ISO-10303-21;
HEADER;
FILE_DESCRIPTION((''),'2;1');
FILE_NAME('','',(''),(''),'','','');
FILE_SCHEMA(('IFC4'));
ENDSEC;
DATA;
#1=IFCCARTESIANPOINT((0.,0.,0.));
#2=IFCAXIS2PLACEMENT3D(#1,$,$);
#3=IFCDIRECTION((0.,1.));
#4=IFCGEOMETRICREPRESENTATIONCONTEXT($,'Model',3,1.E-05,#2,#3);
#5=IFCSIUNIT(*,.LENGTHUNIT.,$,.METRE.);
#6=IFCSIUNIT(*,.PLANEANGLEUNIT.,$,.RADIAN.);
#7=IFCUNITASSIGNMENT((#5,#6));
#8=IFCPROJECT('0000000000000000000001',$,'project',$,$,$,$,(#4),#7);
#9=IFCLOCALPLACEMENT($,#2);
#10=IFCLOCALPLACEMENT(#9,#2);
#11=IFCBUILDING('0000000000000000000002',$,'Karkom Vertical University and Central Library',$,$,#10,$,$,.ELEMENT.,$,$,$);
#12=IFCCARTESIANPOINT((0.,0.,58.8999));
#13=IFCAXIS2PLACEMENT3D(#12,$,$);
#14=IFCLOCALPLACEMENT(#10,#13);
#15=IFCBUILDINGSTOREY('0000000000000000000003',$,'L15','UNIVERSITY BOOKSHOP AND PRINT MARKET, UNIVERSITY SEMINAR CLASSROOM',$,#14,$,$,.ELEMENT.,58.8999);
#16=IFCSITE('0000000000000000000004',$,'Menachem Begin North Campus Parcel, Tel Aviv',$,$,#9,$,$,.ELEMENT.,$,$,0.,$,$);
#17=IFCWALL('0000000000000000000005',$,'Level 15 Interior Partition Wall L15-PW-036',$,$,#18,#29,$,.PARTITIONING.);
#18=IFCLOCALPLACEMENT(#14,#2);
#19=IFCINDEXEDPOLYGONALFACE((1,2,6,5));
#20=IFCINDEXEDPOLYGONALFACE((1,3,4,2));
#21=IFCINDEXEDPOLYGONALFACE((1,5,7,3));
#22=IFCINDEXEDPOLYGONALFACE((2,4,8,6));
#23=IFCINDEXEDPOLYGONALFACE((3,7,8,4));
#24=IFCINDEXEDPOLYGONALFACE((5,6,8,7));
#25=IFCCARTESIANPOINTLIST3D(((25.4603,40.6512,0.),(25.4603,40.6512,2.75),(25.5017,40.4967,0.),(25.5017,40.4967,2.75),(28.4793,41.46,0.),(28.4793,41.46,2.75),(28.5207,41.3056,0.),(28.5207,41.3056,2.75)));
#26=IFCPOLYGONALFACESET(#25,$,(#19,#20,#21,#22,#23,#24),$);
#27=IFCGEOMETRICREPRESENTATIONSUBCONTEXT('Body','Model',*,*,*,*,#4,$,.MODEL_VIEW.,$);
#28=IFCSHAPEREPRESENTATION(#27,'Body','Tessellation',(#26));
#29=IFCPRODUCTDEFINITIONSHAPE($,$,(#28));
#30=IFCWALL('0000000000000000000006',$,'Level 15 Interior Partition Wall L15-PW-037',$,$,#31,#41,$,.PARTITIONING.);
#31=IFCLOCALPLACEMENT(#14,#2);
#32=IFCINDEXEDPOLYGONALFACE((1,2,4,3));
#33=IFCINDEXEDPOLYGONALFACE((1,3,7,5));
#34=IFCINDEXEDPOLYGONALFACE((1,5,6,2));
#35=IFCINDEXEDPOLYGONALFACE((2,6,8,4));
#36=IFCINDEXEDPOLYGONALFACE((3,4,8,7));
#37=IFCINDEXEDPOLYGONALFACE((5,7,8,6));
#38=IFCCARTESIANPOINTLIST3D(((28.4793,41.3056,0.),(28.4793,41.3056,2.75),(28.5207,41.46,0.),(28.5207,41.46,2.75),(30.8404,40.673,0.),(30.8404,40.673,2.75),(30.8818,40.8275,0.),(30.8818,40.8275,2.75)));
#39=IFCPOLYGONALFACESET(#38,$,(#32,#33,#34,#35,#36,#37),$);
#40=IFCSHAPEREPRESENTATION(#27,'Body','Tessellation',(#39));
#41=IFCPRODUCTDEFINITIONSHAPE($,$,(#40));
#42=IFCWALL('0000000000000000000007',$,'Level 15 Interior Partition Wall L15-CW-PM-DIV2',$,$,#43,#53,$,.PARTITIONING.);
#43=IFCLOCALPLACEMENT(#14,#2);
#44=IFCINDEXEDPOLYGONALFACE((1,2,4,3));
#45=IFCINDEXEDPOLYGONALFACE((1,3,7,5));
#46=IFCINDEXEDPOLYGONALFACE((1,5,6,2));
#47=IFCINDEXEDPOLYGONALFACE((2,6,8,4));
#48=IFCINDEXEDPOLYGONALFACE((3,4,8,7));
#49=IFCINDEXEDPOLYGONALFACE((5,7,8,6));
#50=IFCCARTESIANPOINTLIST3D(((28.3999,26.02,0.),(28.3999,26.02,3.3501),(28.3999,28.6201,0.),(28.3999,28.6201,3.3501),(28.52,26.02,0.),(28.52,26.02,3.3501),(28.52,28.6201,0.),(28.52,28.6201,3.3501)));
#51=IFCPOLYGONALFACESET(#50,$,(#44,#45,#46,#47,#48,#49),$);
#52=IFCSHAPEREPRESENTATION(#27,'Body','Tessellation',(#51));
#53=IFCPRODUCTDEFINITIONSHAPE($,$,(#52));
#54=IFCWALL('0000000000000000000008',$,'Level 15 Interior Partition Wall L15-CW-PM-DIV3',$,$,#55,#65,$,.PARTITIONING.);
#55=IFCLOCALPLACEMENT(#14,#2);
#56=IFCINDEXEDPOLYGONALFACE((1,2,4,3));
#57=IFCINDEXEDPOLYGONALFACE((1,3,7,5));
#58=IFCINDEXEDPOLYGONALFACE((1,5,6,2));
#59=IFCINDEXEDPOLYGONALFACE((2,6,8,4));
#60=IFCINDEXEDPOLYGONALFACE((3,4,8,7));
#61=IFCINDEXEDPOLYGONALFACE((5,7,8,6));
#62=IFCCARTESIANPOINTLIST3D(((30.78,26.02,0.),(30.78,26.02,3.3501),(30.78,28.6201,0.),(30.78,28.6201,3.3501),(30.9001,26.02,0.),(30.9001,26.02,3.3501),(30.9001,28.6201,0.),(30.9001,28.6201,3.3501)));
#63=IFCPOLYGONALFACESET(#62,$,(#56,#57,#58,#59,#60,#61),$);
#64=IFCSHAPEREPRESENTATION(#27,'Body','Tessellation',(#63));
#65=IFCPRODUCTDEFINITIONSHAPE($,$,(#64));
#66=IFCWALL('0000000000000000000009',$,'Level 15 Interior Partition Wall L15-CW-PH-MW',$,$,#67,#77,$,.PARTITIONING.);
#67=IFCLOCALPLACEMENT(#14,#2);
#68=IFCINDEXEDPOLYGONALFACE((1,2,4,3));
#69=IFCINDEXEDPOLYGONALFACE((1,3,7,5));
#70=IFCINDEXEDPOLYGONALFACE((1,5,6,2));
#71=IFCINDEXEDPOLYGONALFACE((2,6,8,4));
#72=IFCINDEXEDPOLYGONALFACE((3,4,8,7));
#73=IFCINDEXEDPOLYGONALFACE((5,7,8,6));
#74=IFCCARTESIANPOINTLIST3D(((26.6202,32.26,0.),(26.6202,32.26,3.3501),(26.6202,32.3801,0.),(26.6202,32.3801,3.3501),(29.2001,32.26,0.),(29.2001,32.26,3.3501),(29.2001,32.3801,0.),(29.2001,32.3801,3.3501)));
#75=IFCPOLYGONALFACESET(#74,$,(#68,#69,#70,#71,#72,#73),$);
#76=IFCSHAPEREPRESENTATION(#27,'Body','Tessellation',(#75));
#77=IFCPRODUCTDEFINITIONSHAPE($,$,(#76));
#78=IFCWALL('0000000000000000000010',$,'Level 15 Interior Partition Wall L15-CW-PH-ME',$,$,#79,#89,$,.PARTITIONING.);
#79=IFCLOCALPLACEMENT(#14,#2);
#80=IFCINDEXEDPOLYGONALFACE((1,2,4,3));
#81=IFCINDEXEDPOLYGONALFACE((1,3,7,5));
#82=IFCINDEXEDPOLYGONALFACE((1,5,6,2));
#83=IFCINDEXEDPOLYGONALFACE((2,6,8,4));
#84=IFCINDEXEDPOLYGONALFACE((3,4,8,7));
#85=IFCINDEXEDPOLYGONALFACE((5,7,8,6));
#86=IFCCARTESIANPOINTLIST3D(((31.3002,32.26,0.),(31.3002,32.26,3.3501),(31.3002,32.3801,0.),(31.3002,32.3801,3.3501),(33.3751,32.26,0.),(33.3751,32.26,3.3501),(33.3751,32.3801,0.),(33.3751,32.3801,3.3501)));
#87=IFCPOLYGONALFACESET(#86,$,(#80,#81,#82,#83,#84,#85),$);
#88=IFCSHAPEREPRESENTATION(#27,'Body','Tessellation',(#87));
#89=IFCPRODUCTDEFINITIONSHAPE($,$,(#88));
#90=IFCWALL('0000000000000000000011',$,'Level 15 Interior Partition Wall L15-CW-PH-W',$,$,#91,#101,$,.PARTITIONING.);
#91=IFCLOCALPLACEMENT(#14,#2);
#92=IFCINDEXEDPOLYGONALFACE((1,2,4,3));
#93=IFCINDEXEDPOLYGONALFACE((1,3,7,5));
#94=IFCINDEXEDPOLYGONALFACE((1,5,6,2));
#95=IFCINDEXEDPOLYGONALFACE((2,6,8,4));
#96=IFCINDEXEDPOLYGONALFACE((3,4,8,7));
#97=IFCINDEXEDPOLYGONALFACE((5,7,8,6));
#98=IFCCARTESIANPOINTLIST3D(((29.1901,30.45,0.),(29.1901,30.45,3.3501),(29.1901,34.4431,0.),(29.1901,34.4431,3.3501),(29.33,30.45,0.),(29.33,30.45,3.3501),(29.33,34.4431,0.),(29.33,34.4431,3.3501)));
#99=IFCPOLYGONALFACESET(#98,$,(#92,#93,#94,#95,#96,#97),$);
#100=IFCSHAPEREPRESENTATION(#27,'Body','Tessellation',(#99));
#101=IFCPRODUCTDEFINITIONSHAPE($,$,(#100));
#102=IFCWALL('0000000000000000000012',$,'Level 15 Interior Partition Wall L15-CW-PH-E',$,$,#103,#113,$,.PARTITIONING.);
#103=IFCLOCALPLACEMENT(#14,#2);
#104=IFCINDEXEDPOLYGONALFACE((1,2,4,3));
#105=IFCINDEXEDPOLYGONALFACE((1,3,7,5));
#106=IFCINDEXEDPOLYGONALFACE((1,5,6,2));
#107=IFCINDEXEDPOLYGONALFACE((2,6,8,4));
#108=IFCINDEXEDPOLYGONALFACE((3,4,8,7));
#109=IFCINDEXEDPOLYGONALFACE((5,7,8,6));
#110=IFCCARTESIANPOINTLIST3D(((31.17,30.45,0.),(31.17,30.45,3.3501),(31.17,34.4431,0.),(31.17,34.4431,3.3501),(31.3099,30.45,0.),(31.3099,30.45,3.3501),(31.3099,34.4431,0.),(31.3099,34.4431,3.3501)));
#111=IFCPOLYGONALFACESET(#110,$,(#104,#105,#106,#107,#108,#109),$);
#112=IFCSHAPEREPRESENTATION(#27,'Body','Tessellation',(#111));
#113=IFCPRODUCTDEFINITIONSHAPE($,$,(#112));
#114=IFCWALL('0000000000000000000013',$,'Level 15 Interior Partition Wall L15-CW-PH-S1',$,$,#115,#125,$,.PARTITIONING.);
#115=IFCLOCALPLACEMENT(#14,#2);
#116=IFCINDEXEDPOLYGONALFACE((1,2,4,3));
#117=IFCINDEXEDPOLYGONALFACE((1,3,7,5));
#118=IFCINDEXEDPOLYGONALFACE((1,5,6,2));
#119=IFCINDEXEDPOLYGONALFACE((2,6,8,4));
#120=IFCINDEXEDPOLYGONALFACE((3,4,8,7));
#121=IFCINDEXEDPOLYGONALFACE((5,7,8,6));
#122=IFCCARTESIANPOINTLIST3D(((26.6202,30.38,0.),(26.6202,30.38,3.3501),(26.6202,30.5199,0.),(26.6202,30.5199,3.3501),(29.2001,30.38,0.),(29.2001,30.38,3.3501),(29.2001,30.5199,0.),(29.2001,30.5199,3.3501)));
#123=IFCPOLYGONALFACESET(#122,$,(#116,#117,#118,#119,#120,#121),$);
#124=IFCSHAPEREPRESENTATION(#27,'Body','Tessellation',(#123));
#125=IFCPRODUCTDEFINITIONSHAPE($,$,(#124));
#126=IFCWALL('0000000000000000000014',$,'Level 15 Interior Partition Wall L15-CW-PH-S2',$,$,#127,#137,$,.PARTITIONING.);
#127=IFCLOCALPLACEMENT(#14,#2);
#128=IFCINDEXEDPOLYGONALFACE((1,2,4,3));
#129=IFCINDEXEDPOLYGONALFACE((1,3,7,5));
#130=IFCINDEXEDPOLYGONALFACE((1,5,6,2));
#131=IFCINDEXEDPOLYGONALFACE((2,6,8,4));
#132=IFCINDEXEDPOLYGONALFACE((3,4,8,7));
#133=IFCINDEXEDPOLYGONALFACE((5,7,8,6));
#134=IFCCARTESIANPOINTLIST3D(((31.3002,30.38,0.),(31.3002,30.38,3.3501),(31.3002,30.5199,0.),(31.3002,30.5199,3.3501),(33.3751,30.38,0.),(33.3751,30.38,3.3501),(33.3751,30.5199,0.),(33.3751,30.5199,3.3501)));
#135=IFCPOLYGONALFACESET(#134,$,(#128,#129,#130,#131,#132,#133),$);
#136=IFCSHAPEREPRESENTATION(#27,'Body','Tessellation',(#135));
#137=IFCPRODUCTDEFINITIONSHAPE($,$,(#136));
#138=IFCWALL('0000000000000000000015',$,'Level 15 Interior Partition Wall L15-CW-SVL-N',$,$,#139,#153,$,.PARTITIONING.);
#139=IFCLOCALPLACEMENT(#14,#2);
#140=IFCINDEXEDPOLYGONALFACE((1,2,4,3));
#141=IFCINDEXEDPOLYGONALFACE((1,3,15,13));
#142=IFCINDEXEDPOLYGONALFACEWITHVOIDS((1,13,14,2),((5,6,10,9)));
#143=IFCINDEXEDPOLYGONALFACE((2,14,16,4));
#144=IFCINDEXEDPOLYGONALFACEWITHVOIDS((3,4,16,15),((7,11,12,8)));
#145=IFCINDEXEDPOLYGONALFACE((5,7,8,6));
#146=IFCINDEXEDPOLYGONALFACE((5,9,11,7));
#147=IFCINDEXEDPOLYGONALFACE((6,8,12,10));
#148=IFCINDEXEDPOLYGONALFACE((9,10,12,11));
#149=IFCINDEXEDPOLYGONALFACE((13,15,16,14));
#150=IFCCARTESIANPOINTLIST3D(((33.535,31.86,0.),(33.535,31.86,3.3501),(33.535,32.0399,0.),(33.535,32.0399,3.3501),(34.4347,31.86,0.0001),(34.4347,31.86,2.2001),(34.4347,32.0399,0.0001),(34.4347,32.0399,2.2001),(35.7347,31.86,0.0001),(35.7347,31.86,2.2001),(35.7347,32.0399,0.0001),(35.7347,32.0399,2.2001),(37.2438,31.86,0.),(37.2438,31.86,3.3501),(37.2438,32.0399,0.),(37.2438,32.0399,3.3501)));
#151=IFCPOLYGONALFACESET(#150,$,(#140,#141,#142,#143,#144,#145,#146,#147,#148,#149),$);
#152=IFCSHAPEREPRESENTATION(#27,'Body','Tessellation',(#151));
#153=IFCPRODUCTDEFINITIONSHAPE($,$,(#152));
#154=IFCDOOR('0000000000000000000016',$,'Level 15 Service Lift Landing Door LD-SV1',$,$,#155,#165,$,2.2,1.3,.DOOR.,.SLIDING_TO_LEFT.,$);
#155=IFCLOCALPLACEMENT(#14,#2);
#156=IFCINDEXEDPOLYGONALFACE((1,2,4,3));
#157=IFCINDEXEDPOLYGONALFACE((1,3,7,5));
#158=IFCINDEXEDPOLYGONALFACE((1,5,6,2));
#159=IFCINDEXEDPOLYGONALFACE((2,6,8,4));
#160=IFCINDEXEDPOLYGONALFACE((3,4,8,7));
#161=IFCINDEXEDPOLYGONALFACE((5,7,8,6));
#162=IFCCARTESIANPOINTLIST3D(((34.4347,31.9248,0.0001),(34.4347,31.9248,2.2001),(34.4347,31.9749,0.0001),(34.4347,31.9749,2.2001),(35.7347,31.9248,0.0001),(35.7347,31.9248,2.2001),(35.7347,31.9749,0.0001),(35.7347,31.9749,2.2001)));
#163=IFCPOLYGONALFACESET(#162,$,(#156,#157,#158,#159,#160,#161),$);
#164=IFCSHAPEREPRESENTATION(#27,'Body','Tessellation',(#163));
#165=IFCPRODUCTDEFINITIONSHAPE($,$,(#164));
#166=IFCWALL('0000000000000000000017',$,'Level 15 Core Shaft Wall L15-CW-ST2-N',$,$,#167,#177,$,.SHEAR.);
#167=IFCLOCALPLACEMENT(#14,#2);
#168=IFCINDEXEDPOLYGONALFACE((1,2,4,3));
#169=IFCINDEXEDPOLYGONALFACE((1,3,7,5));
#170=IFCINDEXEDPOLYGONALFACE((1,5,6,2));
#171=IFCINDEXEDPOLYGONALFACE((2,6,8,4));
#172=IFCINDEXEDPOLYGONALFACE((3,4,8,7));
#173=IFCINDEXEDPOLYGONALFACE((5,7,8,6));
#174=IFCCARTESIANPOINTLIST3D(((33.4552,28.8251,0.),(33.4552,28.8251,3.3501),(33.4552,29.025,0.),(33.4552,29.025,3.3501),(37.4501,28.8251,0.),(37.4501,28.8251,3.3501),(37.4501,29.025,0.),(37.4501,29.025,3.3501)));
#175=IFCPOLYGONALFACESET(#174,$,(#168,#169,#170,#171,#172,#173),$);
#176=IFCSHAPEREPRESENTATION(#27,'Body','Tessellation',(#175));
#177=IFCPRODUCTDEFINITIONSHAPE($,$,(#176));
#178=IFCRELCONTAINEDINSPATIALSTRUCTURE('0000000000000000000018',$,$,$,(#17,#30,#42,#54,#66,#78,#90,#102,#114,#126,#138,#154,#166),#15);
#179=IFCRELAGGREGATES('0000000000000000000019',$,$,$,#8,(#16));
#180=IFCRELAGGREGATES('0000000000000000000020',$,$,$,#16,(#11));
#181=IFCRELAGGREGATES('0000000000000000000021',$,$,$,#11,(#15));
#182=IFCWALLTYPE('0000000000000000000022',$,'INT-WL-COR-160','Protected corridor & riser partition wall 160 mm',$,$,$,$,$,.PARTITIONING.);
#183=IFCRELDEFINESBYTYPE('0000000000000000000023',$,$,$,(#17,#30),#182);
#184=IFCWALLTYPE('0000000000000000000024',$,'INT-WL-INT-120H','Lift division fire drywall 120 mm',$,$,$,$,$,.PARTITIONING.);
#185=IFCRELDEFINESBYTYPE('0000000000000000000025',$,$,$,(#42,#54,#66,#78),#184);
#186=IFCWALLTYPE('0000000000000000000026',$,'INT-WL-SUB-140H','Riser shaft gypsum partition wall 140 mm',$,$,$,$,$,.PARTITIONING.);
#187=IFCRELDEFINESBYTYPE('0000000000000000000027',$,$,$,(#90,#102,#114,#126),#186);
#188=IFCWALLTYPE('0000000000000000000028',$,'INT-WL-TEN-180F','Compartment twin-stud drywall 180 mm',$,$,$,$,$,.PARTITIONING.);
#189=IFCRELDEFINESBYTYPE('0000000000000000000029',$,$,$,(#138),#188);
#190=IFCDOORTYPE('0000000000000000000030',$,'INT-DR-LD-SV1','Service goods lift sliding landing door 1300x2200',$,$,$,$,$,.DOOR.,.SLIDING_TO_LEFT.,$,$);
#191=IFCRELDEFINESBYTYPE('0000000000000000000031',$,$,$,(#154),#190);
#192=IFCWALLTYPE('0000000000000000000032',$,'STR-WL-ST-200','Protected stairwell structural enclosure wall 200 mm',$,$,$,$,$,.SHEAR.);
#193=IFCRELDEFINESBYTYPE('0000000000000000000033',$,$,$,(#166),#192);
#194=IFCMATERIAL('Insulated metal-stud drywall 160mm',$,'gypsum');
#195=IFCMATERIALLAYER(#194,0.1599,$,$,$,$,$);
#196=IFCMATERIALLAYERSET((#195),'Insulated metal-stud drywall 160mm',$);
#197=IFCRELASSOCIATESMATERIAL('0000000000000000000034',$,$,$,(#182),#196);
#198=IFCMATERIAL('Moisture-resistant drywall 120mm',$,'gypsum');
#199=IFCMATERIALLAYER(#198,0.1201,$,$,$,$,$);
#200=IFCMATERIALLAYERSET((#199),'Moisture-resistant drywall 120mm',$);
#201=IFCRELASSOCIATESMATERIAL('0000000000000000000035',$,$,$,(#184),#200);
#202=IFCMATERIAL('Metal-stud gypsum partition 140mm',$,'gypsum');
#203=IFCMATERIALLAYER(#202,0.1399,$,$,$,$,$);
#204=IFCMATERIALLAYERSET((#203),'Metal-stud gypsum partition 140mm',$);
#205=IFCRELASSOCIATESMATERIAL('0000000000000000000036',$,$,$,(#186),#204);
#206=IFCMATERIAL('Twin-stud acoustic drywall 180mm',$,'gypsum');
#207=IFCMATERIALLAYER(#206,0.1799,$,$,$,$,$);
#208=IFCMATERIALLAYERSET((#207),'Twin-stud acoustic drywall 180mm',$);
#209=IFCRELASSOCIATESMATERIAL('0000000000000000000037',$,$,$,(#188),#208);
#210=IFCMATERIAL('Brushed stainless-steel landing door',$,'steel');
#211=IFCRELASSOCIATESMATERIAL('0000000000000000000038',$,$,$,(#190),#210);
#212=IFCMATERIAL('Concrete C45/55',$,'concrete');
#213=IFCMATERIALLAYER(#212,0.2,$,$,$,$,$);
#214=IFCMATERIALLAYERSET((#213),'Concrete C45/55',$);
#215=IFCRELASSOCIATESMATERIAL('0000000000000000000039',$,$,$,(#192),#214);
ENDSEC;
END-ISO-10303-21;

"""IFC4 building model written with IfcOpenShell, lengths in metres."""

from ifc_helpers import new_model, si_unit, direction, frame, frame_2d, origin, origin_with_axes, place, context, subcontext, project, spatial, rectangle, extrude, source, transform, mapped, material, layer, layer_set, type_object, element, fill, save


model = new_model("IFC4")

# Units and contexts
model_context = context("Model", 3, precision=1e-05, world=origin(), true_north=direction((0.0, 1.0)))
body_context = subcontext(model_context, "Body", "Model", "MODEL_VIEW")
ifc_project = project(units=[si_unit("LENGTHUNIT", "METRE"), si_unit("PLANEANGLEUNIT", "RADIAN")], contexts=[model_context])

# Site, building, storey
site_placement = place(None, origin())
site = spatial("IfcSite", under=ifc_project, at=site_placement, Name="Menachem Begin North Campus Parcel, Tel Aviv", CompositionType="ELEMENT", RefElevation=0.0)
building_placement = place(site_placement, origin())
building = spatial("IfcBuilding", under=site, at=building_placement, Name="Karkom Vertical University and Central Library", CompositionType="ELEMENT")
storey_placement = place(building_placement, frame((0.0, 0.0, 58.8999)))
storey = spatial("IfcBuildingStorey", under=building, at=storey_placement, Name="L15", Description="UNIVERSITY BOOKSHOP AND PRINT MARKET, UNIVERSITY SEMINAR CLASSROOM", CompositionType="ELEMENT", Elevation=58.8999)

# Shared definitions
ifc_material_1 = material(Name="Insulated metal-stud drywall 160mm", Category="gypsum")
ifc_layer_1 = layer(ifc_material_1, 0.1599)
ifc_layer_set_1 = layer_set([ifc_layer_1], Name="Insulated metal-stud drywall 160mm")
wall_type_1 = type_object("IfcWallType", Name="INT-WL-COR-160", Description="Protected corridor & riser partition wall 160 mm", PredefinedType="PARTITIONING", material=ifc_layer_set_1)

# Walls
wall_1_placement = place(storey_placement, frame((28.5, 41.3828, 0.0), z_axis=(0.0, 0.0, 1.0), x_axis=(-0.965935, -0.258786, 0.0)))
element("IfcWall", 1, at=wall_1_placement, inside=storey, type_object=wall_type_1, Name="Level 15 Interior Partition Wall L15-PW-036", PredefinedType="PARTITIONING", context=body_context, shape_type="SweptSolid", body=[
    extrude(rectangle(XDim=3.1255, YDim=0.1599, at=frame_2d((1.5627, 0.0))), origin(), (0.0, 0.0, 1.0), 2.75),
])
wall_2_placement = place(storey_placement, frame((30.8611, 40.7502, 0.0), z_axis=(0.0, 0.0, 1.0), x_axis=(-0.965934, 0.258788, 0.0)))
element("IfcWall", 2, at=wall_2_placement, inside=storey, type_object=wall_type_1, Name="Level 15 Interior Partition Wall L15-PW-037", PredefinedType="PARTITIONING", context=body_context, shape_type="SweptSolid", body=[
    extrude(rectangle(XDim=2.4443, YDim=0.1599, at=frame_2d((1.2222, 0.0))), origin(), (0.0, 0.0, 1.0), 2.75),
])
ifc_material_2 = material(Name="Moisture-resistant drywall 120mm", Category="gypsum")
ifc_layer_2 = layer(ifc_material_2, 0.1201)
ifc_layer_set_2 = layer_set([ifc_layer_2], Name="Moisture-resistant drywall 120mm")
wall_type_2 = type_object("IfcWallType", Name="INT-WL-INT-120H", Description="Lift division fire drywall 120 mm", PredefinedType="PARTITIONING", material=ifc_layer_set_2)
for number, where, z_axis, x_axis, name in (
    (3, (28.46, 26.02, 0.0), (0.0, 0.0, 1.0), (0.0, 1.0, 0.0), "Level 15 Interior Partition Wall L15-CW-PM-DIV2"),
    (4, (30.8401, 26.02, 0.0), (0.0, 0.0, 1.0), (0.0, 1.0, 0.0), "Level 15 Interior Partition Wall L15-CW-PM-DIV3"),
):
    element("IfcWall", number, at=place(storey_placement, frame(where, z_axis=z_axis, x_axis=x_axis)), inside=storey, type_object=wall_type_2, Name=name, PredefinedType="PARTITIONING", context=body_context, shape_type="SweptSolid", body=[
        extrude(rectangle(XDim=2.6001, YDim=0.1201, at=frame_2d((1.3, 0.0))), origin(), (0.0, 0.0, 1.0), 3.3501),
    ])
wall_3_placement = place(storey_placement, frame((26.6201, 32.3201, 0.0), z_axis=(0.0, 0.0, 1.0), x_axis=(1.0, 0.0, 0.0)))
element("IfcWall", 5, at=wall_3_placement, inside=storey, type_object=wall_type_2, Name="Level 15 Interior Partition Wall L15-CW-PH-MW", PredefinedType="PARTITIONING", context=body_context, shape_type="SweptSolid", body=[
    extrude(rectangle(XDim=2.5798, YDim=0.1201, at=frame_2d((1.29, 0.0))), origin(), (0.0, 0.0, 1.0), 3.3501),
])
wall_4_placement = place(storey_placement, frame((31.3, 32.3201, 0.0), z_axis=(0.0, 0.0, 1.0), x_axis=(1.0, 0.0, 0.0)))
element("IfcWall", 6, at=wall_4_placement, inside=storey, type_object=wall_type_2, Name="Level 15 Interior Partition Wall L15-CW-PH-ME", PredefinedType="PARTITIONING", context=body_context, shape_type="SweptSolid", body=[
    extrude(rectangle(XDim=2.075, YDim=0.1201, at=frame_2d((1.0376, 0.0))), origin(), (0.0, 0.0, 1.0), 3.3501),
])
ifc_material_3 = material(Name="Metal-stud gypsum partition 140mm", Category="gypsum")
ifc_layer_3 = layer(ifc_material_3, 0.1399)
ifc_layer_set_3 = layer_set([ifc_layer_3], Name="Metal-stud gypsum partition 140mm")
wall_type_3 = type_object("IfcWallType", Name="INT-WL-SUB-140H", Description="Riser shaft gypsum partition wall 140 mm", PredefinedType="PARTITIONING", material=ifc_layer_set_3)
for number, where, z_axis, x_axis, name in (
    (7, (29.26, 30.45, 0.0), (0.0, 0.0, 1.0), (0.0, 1.0, 0.0), "Level 15 Interior Partition Wall L15-CW-PH-W"),
    (8, (31.24, 30.45, 0.0), (0.0, 0.0, 1.0), (0.0, 1.0, 0.0), "Level 15 Interior Partition Wall L15-CW-PH-E"),
):
    element("IfcWall", number, at=place(storey_placement, frame(where, z_axis=z_axis, x_axis=x_axis)), inside=storey, type_object=wall_type_3, Name=name, PredefinedType="PARTITIONING", context=body_context, shape_type="SweptSolid", body=[
        extrude(rectangle(XDim=3.9932, YDim=0.1399, at=frame_2d((1.9966, 0.0))), origin(), (0.0, 0.0, 1.0), 3.3501),
    ])
wall_5_placement = place(storey_placement, frame((26.6201, 30.45, 0.0), z_axis=(0.0, 0.0, 1.0), x_axis=(1.0, 0.0, 0.0)))
element("IfcWall", 9, at=wall_5_placement, inside=storey, type_object=wall_type_3, Name="Level 15 Interior Partition Wall L15-CW-PH-S1", PredefinedType="PARTITIONING", context=body_context, shape_type="SweptSolid", body=[
    extrude(rectangle(XDim=2.5798, YDim=0.1399, at=frame_2d((1.29, 0.0))), origin(), (0.0, 0.0, 1.0), 3.3501),
])
wall_6_placement = place(storey_placement, frame((31.3, 30.45, 0.0), z_axis=(0.0, 0.0, 1.0), x_axis=(1.0, 0.0, 0.0)))
element("IfcWall", 10, at=wall_6_placement, inside=storey, type_object=wall_type_3, Name="Level 15 Interior Partition Wall L15-CW-PH-S2", PredefinedType="PARTITIONING", context=body_context, shape_type="SweptSolid", body=[
    extrude(rectangle(XDim=2.075, YDim=0.1399, at=frame_2d((1.0376, 0.0))), origin(), (0.0, 0.0, 1.0), 3.3501),
])

# Wall, opening, door
ifc_material_4 = material(Name="Twin-stud acoustic drywall 180mm", Category="gypsum")
ifc_layer_4 = layer(ifc_material_4, 0.1799)
ifc_layer_set_4 = layer_set([ifc_layer_4], Name="Twin-stud acoustic drywall 180mm")
wall_type_4 = type_object("IfcWallType", Name="INT-WL-TEN-180F", Description="Compartment twin-stud drywall 180 mm", PredefinedType="PARTITIONING", material=ifc_layer_set_4)
wall_7_placement = place(storey_placement, frame((33.5349, 31.95, 0.0), z_axis=(0.0, 0.0, 1.0), x_axis=(1.0, 0.0, 0.0)))
wall_7 = element("IfcWall", 11, at=wall_7_placement, inside=storey, type_object=wall_type_4, Name="Level 15 Interior Partition Wall L15-CW-SVL-N", PredefinedType="PARTITIONING", context=body_context, shape_type="SweptSolid", body=[
    extrude(rectangle(XDim=3.7087, YDim=0.1799, at=frame_2d((1.8545, 0.0))), origin(), (0.0, 0.0, 1.0), 3.3501),
])
opening_1_placement = place(wall_7_placement, frame((0.8999, 0.0, 0.0)))
opening_1 = element("IfcOpeningElement", 12, at=opening_1_placement, cuts=wall_7, PredefinedType="OPENING", context=body_context, shape_type="SweptSolid", body=[
    extrude(rectangle(XDim=1.3, YDim=2.2, at=frame_2d((0.6499, 1.1001))), frame((0.0, 0.1001, 0.0), z_axis=(0.0, -1.0, 0.0), x_axis=(1.0, 0.0, 0.0)), (0.0, 0.0, 1.0), 0.2),
])
ifc_material_5 = material(Name="Brushed stainless-steel landing door", Category="steel")
door_type_1 = type_object("IfcDoorType", Name="INT-DR-LD-SV1", Description="Service goods lift sliding landing door 1300x2200", OperationType="SLIDING_TO_LEFT", PredefinedType="DOOR", material=ifc_material_5)
shared_shape_1 = source(origin_with_axes(), body_context, "Body", "SweptSolid", [
    extrude(rectangle(XDim=1.3, YDim=2.2, at=frame_2d((0.6499, 1.1001))), frame((0.0, 0.0249, 0.0), z_axis=(0.0, -1.0, 0.0), x_axis=(1.0, 0.0, 0.0)), (0.0, 0.0, 1.0), 0.05),
])
door_1_placement = place(opening_1_placement, origin())
door_1 = element("IfcDoor", 13, at=door_1_placement, inside=storey, type_object=door_type_1, Name="Level 15 Service Lift Landing Door LD-SV1", OperationType="SLIDING_TO_LEFT", OverallHeight=2.2, OverallWidth=1.3, PredefinedType="DOOR", context=body_context, shape_type="MappedRepresentation", body=[
    mapped(shared_shape_1, transform((0.0, 0.0, 0.0), scale=1.0)),
])
fill(opening_1, door_1)

# Wall
ifc_material_6 = material(Name="Concrete C45/55", Category="concrete")
ifc_layer_5 = layer(ifc_material_6, 0.2)
ifc_layer_set_5 = layer_set([ifc_layer_5], Name="Concrete C45/55")
wall_type_5 = type_object("IfcWallType", Name="STR-WL-ST-200", Description="Protected stairwell structural enclosure wall 200 mm", PredefinedType="SHEAR", material=ifc_layer_set_5)
wall_8_placement = place(storey_placement, frame((33.4551, 28.925, 0.0), z_axis=(0.0, 0.0, 1.0), x_axis=(1.0, 0.0, 0.0)))
element("IfcWall", 14, at=wall_8_placement, inside=storey, type_object=wall_type_5, Name="Level 15 Core Shaft Wall L15-CW-ST2-N", PredefinedType="SHEAR", context=body_context, shape_type="SweptSolid", body=[
    extrude(rectangle(XDim=3.9949, YDim=0.2, at=frame_2d((1.9976, 0.0))), origin(), (0.0, 0.0, 1.0), 3.3501),
])

save(model, "model.ifc")
